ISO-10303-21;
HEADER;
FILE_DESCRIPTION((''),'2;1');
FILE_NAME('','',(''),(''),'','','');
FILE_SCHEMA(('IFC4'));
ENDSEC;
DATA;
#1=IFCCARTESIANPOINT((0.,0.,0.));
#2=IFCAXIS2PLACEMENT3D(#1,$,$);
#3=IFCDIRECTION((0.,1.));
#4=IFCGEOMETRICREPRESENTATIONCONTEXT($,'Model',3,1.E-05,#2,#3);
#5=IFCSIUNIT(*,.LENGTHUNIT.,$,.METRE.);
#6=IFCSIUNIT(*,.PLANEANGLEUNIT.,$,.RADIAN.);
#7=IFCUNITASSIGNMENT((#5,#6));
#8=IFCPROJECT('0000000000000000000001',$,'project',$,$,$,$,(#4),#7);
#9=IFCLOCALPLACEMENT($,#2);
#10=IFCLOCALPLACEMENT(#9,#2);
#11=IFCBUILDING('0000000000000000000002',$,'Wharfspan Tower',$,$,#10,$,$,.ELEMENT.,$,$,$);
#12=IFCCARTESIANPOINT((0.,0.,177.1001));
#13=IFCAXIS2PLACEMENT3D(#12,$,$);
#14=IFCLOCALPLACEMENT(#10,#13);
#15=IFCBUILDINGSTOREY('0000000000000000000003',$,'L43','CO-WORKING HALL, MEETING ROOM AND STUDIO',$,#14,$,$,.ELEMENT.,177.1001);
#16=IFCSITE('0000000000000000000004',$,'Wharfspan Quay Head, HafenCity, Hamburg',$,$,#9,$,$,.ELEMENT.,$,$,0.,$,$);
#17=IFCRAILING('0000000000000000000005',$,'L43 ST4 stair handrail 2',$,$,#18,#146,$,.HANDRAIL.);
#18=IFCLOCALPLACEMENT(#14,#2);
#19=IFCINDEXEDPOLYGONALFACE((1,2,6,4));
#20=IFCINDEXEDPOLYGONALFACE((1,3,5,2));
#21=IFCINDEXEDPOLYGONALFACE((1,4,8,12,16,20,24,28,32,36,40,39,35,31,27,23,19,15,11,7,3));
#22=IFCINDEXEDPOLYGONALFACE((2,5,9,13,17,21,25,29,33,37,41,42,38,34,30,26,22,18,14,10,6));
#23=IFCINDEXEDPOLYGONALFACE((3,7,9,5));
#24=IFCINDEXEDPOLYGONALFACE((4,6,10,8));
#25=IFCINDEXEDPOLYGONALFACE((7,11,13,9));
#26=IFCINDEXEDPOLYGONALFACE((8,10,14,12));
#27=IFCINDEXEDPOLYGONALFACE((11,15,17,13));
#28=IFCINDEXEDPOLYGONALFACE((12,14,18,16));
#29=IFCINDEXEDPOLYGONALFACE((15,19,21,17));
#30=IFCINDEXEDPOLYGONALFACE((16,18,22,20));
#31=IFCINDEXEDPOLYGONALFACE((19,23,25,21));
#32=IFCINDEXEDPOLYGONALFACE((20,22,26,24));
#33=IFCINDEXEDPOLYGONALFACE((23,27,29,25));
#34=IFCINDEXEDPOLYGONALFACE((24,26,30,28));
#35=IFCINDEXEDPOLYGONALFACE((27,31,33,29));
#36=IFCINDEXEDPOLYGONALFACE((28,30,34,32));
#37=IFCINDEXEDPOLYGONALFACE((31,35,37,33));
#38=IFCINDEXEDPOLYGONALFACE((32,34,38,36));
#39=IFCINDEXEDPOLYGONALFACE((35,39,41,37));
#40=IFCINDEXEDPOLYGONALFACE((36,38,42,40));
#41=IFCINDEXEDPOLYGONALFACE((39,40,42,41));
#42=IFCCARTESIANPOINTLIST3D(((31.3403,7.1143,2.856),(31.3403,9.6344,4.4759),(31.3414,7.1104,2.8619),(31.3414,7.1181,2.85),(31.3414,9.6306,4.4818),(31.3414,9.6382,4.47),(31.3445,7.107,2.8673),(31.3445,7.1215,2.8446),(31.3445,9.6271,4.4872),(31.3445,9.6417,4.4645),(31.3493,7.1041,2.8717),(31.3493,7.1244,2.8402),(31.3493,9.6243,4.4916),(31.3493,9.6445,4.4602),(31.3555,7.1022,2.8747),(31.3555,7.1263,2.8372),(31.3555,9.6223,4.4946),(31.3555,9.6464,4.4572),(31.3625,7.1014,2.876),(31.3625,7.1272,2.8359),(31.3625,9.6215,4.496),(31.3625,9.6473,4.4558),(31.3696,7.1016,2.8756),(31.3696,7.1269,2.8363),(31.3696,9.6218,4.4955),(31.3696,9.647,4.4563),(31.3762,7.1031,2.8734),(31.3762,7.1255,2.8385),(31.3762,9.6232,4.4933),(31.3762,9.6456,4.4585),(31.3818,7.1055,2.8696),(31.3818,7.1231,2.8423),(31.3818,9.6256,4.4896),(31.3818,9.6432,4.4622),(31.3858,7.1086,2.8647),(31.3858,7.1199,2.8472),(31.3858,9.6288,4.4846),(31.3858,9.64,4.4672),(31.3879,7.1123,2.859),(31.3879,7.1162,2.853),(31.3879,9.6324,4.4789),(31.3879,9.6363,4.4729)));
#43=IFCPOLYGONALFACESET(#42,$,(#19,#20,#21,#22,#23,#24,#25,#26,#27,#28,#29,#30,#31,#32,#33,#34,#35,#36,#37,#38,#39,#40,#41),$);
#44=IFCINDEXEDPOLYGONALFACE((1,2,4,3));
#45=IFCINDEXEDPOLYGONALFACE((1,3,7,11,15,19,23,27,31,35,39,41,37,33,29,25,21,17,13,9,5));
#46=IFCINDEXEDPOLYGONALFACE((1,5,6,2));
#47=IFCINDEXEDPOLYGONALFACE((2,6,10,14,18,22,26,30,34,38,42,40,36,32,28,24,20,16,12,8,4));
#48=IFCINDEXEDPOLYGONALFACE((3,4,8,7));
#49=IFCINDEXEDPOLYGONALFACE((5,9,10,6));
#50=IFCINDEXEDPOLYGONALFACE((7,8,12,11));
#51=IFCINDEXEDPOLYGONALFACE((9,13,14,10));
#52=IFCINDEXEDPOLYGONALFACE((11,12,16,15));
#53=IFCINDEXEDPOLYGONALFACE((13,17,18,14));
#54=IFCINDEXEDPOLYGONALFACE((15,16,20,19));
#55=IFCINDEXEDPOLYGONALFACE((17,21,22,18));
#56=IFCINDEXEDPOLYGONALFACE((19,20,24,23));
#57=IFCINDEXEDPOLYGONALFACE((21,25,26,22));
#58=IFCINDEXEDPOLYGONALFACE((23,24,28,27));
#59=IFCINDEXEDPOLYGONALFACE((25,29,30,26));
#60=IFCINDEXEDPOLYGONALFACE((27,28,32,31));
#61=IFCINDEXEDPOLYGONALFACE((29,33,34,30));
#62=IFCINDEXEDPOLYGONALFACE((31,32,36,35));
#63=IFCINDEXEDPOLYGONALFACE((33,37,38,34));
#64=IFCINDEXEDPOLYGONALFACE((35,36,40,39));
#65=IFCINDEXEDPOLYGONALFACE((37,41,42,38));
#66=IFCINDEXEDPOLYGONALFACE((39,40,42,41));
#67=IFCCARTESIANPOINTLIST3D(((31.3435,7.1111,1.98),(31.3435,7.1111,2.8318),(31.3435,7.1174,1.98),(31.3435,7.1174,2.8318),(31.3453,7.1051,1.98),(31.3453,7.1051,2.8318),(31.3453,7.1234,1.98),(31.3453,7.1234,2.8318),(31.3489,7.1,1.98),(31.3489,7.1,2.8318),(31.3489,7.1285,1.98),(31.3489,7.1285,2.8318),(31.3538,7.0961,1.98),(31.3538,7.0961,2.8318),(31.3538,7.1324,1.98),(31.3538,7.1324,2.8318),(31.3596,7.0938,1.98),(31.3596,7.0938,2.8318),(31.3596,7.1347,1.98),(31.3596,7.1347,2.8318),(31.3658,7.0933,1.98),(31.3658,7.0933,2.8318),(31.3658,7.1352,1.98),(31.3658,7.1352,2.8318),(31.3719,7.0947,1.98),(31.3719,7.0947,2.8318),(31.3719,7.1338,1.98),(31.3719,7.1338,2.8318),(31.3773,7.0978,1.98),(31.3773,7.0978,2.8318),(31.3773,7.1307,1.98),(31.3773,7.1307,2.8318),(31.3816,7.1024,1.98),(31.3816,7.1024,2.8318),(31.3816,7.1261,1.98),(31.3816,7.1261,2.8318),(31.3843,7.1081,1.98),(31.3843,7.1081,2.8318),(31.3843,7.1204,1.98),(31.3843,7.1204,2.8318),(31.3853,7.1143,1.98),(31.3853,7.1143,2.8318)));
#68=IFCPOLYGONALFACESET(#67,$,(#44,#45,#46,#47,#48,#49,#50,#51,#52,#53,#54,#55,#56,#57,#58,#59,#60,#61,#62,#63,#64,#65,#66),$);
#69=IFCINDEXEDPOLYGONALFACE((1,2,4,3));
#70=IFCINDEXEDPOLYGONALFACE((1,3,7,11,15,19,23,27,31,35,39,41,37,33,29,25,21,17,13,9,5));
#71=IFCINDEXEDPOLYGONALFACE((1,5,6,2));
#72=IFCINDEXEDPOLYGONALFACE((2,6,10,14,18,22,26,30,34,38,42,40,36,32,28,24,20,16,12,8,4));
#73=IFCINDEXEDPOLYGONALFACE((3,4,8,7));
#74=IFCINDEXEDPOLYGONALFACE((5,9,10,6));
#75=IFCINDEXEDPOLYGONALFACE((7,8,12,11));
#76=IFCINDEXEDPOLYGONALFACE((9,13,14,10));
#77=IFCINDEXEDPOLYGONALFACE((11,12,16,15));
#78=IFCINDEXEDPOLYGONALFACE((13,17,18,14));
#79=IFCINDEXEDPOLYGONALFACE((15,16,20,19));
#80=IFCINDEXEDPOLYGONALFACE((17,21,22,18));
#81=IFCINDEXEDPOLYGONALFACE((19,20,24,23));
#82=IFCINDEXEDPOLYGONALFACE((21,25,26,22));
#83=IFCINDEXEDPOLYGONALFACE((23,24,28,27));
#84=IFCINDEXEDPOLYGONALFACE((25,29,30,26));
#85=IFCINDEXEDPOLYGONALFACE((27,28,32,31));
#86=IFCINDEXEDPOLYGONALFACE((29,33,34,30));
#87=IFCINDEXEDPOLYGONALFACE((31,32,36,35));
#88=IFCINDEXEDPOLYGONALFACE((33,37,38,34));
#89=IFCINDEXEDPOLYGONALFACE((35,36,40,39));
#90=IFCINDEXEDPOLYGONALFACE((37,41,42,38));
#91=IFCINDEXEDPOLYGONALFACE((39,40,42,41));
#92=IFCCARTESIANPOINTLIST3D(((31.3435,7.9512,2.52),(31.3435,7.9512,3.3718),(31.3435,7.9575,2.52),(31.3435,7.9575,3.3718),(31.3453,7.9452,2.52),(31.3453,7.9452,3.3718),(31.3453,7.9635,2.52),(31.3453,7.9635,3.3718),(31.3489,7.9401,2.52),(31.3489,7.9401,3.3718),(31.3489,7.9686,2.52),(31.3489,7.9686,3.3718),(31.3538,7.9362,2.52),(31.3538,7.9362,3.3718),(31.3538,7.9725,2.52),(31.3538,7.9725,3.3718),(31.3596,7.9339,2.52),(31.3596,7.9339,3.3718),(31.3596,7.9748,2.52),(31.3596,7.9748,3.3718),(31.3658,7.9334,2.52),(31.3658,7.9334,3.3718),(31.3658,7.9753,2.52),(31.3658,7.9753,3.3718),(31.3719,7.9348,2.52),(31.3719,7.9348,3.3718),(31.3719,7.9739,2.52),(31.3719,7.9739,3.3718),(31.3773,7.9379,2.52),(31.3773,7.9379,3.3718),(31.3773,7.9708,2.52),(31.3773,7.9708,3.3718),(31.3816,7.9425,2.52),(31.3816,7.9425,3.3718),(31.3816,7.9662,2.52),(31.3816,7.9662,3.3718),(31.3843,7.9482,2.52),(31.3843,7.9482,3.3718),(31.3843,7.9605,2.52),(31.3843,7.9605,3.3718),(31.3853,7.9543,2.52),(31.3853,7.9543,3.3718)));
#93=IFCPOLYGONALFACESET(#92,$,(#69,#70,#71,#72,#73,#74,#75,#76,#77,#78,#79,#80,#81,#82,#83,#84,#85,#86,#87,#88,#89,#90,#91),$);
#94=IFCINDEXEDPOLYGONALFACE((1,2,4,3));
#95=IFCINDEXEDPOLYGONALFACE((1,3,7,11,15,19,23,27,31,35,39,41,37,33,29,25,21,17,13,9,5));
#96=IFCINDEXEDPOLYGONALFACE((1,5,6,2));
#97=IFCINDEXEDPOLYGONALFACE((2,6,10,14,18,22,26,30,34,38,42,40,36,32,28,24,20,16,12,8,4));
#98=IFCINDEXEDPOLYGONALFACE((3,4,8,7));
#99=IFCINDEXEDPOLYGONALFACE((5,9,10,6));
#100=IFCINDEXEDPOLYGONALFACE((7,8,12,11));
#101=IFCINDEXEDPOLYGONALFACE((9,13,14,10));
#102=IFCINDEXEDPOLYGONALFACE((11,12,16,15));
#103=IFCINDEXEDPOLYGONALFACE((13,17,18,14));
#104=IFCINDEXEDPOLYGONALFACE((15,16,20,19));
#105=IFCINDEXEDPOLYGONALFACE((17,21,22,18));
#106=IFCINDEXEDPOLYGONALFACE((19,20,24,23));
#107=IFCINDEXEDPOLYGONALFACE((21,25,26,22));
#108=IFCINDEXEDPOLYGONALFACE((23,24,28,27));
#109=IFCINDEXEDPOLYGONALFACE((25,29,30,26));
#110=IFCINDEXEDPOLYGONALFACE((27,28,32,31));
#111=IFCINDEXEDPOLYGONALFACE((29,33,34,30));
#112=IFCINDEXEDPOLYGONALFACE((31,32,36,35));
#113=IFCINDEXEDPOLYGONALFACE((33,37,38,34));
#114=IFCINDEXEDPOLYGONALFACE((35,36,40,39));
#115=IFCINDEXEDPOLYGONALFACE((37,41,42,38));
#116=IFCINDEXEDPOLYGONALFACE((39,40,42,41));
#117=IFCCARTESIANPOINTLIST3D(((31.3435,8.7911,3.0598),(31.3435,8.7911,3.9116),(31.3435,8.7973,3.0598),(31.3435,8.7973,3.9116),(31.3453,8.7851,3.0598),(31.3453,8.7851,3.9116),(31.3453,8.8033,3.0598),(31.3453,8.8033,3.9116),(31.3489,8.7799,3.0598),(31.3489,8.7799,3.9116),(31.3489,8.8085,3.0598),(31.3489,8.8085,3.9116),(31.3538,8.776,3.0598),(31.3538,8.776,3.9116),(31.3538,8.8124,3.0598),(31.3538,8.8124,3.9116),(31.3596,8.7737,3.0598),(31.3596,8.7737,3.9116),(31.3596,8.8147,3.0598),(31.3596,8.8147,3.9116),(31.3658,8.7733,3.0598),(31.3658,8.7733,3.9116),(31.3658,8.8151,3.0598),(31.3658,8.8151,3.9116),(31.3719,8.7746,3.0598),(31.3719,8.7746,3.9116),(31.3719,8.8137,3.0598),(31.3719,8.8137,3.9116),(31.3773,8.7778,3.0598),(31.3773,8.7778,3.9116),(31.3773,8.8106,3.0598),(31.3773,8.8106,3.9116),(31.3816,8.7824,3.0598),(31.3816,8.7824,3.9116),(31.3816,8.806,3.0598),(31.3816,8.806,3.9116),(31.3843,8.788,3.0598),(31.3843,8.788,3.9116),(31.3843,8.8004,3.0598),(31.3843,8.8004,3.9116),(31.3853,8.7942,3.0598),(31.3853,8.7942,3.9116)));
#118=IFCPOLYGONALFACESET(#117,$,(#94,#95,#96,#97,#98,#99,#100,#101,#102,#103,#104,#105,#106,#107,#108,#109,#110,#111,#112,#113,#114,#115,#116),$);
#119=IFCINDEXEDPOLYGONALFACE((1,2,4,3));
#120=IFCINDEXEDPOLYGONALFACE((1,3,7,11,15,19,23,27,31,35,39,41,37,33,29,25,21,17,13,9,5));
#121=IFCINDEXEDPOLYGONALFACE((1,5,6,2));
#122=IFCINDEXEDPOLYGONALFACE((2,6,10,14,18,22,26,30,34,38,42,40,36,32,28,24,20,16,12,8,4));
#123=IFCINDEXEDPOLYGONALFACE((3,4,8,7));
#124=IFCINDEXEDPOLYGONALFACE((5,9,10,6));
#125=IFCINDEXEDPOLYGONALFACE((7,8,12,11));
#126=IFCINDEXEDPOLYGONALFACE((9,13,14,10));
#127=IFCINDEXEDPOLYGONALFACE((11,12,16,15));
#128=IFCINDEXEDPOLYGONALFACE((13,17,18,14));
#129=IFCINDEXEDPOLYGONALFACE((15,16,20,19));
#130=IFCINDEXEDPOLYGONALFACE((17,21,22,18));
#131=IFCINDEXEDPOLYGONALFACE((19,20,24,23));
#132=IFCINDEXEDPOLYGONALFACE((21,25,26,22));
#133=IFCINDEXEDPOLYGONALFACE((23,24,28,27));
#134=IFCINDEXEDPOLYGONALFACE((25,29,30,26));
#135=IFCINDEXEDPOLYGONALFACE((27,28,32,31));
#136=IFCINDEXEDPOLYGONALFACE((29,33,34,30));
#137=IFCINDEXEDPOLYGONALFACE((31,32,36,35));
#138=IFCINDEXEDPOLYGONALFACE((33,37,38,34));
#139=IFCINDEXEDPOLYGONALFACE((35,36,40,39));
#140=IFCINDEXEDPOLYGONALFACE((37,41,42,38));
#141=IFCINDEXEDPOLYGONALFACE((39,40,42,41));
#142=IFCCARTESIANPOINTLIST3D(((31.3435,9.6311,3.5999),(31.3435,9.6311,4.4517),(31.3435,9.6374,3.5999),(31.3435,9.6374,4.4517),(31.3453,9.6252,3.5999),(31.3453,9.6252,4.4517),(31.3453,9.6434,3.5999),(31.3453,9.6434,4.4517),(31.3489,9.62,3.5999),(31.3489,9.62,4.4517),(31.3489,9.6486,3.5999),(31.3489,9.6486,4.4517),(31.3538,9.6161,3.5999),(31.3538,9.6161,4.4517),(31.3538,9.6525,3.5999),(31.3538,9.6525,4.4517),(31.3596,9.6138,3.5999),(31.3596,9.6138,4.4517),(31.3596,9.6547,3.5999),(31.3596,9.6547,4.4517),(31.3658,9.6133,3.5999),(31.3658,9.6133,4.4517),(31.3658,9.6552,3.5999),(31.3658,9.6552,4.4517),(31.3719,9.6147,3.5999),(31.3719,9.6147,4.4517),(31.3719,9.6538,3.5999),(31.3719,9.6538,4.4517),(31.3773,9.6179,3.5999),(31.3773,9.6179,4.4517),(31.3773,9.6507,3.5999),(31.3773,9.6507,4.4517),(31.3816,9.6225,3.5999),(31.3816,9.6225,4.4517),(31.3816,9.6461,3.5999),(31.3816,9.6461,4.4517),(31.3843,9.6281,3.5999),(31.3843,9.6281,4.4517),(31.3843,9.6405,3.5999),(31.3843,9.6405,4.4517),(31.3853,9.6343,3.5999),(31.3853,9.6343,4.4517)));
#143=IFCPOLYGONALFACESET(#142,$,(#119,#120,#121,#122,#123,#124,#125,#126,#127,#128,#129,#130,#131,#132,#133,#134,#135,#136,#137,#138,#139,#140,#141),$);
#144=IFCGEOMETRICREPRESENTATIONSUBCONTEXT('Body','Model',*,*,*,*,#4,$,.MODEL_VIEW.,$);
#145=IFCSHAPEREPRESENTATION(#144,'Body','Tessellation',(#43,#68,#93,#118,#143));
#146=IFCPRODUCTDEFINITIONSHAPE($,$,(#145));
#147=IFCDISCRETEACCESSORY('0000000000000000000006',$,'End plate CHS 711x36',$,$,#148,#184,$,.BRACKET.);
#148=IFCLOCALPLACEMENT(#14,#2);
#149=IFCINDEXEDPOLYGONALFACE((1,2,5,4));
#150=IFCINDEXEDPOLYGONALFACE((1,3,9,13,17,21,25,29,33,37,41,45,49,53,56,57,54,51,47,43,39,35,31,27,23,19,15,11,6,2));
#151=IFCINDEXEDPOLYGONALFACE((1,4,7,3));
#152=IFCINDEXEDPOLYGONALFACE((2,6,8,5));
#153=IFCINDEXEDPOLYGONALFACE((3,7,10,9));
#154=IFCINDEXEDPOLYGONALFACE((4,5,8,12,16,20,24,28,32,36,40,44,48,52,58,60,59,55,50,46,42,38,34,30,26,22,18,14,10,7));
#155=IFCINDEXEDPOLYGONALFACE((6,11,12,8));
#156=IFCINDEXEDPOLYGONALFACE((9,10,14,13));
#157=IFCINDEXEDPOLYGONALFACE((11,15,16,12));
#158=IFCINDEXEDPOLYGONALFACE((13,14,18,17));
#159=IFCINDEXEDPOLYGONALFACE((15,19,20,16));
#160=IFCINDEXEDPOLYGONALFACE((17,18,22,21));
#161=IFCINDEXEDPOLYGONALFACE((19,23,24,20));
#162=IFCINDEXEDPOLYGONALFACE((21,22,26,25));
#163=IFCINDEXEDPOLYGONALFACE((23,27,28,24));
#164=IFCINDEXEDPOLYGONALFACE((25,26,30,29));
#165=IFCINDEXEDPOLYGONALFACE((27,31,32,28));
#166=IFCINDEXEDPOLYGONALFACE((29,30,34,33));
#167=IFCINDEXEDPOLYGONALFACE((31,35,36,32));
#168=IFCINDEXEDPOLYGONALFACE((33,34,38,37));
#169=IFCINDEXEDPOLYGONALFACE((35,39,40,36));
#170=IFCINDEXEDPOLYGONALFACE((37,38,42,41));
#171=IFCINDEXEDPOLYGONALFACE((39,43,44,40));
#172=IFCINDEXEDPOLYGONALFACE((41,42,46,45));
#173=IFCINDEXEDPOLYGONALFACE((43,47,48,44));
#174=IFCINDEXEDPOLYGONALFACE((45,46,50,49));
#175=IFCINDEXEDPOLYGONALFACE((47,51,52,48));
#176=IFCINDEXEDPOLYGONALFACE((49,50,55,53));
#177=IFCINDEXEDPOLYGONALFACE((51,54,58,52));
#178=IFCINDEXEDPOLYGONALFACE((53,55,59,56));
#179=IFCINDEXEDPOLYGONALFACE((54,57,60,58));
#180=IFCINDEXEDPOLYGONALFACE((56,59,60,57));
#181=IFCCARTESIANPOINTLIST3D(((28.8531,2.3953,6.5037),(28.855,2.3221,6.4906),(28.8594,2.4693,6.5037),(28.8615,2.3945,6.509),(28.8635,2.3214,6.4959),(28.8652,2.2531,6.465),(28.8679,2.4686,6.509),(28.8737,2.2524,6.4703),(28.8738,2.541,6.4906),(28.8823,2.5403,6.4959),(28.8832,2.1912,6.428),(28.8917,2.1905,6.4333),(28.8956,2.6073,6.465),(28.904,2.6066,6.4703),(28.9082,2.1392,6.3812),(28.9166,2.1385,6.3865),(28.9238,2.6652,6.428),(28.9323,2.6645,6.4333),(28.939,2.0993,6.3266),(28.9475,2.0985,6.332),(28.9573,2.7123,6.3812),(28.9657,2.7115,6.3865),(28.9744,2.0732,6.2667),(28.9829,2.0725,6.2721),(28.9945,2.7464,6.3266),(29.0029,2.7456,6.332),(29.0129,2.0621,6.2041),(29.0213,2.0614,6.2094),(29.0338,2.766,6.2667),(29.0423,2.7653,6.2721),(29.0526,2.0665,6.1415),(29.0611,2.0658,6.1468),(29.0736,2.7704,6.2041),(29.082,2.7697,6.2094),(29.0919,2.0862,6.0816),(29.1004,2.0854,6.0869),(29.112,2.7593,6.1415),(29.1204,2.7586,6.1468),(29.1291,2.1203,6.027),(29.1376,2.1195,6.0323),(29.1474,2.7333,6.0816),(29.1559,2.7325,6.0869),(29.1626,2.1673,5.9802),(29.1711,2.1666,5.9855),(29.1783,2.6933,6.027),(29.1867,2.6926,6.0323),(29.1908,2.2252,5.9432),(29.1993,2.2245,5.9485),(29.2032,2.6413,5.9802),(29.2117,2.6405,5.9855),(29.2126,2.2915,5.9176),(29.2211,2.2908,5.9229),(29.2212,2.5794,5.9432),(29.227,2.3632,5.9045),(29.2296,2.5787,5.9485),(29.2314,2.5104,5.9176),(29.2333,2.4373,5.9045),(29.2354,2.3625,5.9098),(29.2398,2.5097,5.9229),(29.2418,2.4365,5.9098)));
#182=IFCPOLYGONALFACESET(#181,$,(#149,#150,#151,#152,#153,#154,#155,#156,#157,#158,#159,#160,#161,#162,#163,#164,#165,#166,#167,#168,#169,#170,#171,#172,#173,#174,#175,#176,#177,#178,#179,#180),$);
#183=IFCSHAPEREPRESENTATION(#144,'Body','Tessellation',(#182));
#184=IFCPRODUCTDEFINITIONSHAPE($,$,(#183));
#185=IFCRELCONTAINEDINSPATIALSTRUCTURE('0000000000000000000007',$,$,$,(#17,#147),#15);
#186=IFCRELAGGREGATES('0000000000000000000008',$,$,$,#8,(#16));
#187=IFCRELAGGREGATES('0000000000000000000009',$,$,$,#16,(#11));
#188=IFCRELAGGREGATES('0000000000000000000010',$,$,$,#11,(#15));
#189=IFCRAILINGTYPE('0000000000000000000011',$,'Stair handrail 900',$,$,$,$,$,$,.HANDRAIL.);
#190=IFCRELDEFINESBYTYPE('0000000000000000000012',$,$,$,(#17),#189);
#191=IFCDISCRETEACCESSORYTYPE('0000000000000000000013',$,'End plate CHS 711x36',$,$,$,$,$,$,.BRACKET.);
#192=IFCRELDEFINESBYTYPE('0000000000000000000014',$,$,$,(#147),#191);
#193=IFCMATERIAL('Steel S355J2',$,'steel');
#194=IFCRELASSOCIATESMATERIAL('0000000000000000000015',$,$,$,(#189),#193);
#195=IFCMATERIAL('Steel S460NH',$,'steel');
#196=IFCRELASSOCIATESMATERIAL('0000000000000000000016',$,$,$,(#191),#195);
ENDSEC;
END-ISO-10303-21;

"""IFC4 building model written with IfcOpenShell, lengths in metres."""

from ifc_helpers import new_model, si_unit, direction, frame, origin, origin_2d, place, context, subcontext, project, spatial, circle, extrude, material, material_profile, profile_set, type_object, element, save


model = new_model("IFC4")

# Units and contexts
model_context = context("Model", 3, precision=1e-05, world=origin(), true_north=direction((0.0, 1.0)))
body_context = subcontext(model_context, "Body", "Model", "MODEL_VIEW")
ifc_project = project(units=[si_unit("LENGTHUNIT", "METRE"), si_unit("PLANEANGLEUNIT", "RADIAN")], contexts=[model_context])

# Site, building, storey
site_placement = place(None, origin())
site = spatial("IfcSite", under=ifc_project, at=site_placement, Name="Wharfspan Quay Head, HafenCity, Hamburg", CompositionType="ELEMENT", RefElevation=0.0)
building_placement = place(site_placement, origin())
building = spatial("IfcBuilding", under=site, at=building_placement, Name="Wharfspan Tower", CompositionType="ELEMENT")
storey_placement = place(building_placement, frame((0.0, 0.0, 177.1001)))
storey = spatial("IfcBuildingStorey", under=building, at=storey_placement, Name="L43", Description="CO-WORKING HALL, MEETING ROOM AND STUDIO", CompositionType="ELEMENT", Elevation=177.1001)

# Shared definitions
ifc_material_1 = material(Name="Steel S355J2", Category="steel")

# Shared definitions
ifc_material_2 = material(Name="Steel S460NH", Category="steel")

# Railing
railing_type_1 = type_object("IfcRailingType", Name="Stair handrail 900", PredefinedType="HANDRAIL", material=ifc_material_1)
railing_1_placement = place(storey_placement, frame((31.3643, 7.1143, 1.98)))
element("IfcRailing", 1, at=railing_1_placement, inside=storey, type_object=railing_type_1, Name="L43 ST4 stair handrail 2", PredefinedType="HANDRAIL", context=body_context, shape_type="SweptSolid", body=[
    extrude(circle(Radius=0.0239, at=origin_2d()), frame((0.0, 0.0, 0.876), z_axis=(0.0, 0.8412, 0.540725), x_axis=(-1.0, 0.0, 0.0)), (0.0, 0.0, 1.0), 2.9958),
    extrude(circle(Radius=0.021, at=origin_2d()), origin(), (0.0, 0.0, 1.0), 0.8518),
    extrude(circle(Radius=0.021, at=origin_2d()), frame((0.0, 0.8401, 0.54)), (0.0, 0.0, 1.0), 0.8518),
    extrude(circle(Radius=0.021, at=origin_2d()), frame((0.0, 1.6799, 1.0798)), (0.0, 0.0, 1.0), 0.8518),
    extrude(circle(Radius=0.021, at=origin_2d()), frame((0.0, 2.52, 1.6199)), (0.0, 0.0, 1.0), 0.8518),
])

# Discrete accessory
ifc_material_profile_1 = material_profile(ifc_material_2, circle(Radius=0.3555, at=origin_2d()))
ifc_profile_set_1 = profile_set([ifc_material_profile_1], Name="Steel S460NH")
discrete_accessory_type = type_object("IfcDiscreteAccessoryType", Name="End plate CHS 711x36", PredefinedType="BRACKET", material=ifc_profile_set_1)
for number, where, z_axis, x_axis, name in (
    (2, (29.0432, 2.4163, 6.2041), (0.844416, -0.072379, 0.530776), (0.085402, 0.99635, 0.0), "End plate CHS 711x36"),
):
    element("IfcDiscreteAccessory", number, at=place(storey_placement, frame(where, z_axis=z_axis, x_axis=x_axis)), inside=storey, type_object=discrete_accessory_type, Name=name, PredefinedType="BRACKET", context=body_context, shape_type="SweptSolid", body=[
        extrude(circle(Radius=0.3555, at=origin_2d()), origin(), (0.0, 0.0, 1.0), 0.01),
    ])

save(model, "model.ifc")
